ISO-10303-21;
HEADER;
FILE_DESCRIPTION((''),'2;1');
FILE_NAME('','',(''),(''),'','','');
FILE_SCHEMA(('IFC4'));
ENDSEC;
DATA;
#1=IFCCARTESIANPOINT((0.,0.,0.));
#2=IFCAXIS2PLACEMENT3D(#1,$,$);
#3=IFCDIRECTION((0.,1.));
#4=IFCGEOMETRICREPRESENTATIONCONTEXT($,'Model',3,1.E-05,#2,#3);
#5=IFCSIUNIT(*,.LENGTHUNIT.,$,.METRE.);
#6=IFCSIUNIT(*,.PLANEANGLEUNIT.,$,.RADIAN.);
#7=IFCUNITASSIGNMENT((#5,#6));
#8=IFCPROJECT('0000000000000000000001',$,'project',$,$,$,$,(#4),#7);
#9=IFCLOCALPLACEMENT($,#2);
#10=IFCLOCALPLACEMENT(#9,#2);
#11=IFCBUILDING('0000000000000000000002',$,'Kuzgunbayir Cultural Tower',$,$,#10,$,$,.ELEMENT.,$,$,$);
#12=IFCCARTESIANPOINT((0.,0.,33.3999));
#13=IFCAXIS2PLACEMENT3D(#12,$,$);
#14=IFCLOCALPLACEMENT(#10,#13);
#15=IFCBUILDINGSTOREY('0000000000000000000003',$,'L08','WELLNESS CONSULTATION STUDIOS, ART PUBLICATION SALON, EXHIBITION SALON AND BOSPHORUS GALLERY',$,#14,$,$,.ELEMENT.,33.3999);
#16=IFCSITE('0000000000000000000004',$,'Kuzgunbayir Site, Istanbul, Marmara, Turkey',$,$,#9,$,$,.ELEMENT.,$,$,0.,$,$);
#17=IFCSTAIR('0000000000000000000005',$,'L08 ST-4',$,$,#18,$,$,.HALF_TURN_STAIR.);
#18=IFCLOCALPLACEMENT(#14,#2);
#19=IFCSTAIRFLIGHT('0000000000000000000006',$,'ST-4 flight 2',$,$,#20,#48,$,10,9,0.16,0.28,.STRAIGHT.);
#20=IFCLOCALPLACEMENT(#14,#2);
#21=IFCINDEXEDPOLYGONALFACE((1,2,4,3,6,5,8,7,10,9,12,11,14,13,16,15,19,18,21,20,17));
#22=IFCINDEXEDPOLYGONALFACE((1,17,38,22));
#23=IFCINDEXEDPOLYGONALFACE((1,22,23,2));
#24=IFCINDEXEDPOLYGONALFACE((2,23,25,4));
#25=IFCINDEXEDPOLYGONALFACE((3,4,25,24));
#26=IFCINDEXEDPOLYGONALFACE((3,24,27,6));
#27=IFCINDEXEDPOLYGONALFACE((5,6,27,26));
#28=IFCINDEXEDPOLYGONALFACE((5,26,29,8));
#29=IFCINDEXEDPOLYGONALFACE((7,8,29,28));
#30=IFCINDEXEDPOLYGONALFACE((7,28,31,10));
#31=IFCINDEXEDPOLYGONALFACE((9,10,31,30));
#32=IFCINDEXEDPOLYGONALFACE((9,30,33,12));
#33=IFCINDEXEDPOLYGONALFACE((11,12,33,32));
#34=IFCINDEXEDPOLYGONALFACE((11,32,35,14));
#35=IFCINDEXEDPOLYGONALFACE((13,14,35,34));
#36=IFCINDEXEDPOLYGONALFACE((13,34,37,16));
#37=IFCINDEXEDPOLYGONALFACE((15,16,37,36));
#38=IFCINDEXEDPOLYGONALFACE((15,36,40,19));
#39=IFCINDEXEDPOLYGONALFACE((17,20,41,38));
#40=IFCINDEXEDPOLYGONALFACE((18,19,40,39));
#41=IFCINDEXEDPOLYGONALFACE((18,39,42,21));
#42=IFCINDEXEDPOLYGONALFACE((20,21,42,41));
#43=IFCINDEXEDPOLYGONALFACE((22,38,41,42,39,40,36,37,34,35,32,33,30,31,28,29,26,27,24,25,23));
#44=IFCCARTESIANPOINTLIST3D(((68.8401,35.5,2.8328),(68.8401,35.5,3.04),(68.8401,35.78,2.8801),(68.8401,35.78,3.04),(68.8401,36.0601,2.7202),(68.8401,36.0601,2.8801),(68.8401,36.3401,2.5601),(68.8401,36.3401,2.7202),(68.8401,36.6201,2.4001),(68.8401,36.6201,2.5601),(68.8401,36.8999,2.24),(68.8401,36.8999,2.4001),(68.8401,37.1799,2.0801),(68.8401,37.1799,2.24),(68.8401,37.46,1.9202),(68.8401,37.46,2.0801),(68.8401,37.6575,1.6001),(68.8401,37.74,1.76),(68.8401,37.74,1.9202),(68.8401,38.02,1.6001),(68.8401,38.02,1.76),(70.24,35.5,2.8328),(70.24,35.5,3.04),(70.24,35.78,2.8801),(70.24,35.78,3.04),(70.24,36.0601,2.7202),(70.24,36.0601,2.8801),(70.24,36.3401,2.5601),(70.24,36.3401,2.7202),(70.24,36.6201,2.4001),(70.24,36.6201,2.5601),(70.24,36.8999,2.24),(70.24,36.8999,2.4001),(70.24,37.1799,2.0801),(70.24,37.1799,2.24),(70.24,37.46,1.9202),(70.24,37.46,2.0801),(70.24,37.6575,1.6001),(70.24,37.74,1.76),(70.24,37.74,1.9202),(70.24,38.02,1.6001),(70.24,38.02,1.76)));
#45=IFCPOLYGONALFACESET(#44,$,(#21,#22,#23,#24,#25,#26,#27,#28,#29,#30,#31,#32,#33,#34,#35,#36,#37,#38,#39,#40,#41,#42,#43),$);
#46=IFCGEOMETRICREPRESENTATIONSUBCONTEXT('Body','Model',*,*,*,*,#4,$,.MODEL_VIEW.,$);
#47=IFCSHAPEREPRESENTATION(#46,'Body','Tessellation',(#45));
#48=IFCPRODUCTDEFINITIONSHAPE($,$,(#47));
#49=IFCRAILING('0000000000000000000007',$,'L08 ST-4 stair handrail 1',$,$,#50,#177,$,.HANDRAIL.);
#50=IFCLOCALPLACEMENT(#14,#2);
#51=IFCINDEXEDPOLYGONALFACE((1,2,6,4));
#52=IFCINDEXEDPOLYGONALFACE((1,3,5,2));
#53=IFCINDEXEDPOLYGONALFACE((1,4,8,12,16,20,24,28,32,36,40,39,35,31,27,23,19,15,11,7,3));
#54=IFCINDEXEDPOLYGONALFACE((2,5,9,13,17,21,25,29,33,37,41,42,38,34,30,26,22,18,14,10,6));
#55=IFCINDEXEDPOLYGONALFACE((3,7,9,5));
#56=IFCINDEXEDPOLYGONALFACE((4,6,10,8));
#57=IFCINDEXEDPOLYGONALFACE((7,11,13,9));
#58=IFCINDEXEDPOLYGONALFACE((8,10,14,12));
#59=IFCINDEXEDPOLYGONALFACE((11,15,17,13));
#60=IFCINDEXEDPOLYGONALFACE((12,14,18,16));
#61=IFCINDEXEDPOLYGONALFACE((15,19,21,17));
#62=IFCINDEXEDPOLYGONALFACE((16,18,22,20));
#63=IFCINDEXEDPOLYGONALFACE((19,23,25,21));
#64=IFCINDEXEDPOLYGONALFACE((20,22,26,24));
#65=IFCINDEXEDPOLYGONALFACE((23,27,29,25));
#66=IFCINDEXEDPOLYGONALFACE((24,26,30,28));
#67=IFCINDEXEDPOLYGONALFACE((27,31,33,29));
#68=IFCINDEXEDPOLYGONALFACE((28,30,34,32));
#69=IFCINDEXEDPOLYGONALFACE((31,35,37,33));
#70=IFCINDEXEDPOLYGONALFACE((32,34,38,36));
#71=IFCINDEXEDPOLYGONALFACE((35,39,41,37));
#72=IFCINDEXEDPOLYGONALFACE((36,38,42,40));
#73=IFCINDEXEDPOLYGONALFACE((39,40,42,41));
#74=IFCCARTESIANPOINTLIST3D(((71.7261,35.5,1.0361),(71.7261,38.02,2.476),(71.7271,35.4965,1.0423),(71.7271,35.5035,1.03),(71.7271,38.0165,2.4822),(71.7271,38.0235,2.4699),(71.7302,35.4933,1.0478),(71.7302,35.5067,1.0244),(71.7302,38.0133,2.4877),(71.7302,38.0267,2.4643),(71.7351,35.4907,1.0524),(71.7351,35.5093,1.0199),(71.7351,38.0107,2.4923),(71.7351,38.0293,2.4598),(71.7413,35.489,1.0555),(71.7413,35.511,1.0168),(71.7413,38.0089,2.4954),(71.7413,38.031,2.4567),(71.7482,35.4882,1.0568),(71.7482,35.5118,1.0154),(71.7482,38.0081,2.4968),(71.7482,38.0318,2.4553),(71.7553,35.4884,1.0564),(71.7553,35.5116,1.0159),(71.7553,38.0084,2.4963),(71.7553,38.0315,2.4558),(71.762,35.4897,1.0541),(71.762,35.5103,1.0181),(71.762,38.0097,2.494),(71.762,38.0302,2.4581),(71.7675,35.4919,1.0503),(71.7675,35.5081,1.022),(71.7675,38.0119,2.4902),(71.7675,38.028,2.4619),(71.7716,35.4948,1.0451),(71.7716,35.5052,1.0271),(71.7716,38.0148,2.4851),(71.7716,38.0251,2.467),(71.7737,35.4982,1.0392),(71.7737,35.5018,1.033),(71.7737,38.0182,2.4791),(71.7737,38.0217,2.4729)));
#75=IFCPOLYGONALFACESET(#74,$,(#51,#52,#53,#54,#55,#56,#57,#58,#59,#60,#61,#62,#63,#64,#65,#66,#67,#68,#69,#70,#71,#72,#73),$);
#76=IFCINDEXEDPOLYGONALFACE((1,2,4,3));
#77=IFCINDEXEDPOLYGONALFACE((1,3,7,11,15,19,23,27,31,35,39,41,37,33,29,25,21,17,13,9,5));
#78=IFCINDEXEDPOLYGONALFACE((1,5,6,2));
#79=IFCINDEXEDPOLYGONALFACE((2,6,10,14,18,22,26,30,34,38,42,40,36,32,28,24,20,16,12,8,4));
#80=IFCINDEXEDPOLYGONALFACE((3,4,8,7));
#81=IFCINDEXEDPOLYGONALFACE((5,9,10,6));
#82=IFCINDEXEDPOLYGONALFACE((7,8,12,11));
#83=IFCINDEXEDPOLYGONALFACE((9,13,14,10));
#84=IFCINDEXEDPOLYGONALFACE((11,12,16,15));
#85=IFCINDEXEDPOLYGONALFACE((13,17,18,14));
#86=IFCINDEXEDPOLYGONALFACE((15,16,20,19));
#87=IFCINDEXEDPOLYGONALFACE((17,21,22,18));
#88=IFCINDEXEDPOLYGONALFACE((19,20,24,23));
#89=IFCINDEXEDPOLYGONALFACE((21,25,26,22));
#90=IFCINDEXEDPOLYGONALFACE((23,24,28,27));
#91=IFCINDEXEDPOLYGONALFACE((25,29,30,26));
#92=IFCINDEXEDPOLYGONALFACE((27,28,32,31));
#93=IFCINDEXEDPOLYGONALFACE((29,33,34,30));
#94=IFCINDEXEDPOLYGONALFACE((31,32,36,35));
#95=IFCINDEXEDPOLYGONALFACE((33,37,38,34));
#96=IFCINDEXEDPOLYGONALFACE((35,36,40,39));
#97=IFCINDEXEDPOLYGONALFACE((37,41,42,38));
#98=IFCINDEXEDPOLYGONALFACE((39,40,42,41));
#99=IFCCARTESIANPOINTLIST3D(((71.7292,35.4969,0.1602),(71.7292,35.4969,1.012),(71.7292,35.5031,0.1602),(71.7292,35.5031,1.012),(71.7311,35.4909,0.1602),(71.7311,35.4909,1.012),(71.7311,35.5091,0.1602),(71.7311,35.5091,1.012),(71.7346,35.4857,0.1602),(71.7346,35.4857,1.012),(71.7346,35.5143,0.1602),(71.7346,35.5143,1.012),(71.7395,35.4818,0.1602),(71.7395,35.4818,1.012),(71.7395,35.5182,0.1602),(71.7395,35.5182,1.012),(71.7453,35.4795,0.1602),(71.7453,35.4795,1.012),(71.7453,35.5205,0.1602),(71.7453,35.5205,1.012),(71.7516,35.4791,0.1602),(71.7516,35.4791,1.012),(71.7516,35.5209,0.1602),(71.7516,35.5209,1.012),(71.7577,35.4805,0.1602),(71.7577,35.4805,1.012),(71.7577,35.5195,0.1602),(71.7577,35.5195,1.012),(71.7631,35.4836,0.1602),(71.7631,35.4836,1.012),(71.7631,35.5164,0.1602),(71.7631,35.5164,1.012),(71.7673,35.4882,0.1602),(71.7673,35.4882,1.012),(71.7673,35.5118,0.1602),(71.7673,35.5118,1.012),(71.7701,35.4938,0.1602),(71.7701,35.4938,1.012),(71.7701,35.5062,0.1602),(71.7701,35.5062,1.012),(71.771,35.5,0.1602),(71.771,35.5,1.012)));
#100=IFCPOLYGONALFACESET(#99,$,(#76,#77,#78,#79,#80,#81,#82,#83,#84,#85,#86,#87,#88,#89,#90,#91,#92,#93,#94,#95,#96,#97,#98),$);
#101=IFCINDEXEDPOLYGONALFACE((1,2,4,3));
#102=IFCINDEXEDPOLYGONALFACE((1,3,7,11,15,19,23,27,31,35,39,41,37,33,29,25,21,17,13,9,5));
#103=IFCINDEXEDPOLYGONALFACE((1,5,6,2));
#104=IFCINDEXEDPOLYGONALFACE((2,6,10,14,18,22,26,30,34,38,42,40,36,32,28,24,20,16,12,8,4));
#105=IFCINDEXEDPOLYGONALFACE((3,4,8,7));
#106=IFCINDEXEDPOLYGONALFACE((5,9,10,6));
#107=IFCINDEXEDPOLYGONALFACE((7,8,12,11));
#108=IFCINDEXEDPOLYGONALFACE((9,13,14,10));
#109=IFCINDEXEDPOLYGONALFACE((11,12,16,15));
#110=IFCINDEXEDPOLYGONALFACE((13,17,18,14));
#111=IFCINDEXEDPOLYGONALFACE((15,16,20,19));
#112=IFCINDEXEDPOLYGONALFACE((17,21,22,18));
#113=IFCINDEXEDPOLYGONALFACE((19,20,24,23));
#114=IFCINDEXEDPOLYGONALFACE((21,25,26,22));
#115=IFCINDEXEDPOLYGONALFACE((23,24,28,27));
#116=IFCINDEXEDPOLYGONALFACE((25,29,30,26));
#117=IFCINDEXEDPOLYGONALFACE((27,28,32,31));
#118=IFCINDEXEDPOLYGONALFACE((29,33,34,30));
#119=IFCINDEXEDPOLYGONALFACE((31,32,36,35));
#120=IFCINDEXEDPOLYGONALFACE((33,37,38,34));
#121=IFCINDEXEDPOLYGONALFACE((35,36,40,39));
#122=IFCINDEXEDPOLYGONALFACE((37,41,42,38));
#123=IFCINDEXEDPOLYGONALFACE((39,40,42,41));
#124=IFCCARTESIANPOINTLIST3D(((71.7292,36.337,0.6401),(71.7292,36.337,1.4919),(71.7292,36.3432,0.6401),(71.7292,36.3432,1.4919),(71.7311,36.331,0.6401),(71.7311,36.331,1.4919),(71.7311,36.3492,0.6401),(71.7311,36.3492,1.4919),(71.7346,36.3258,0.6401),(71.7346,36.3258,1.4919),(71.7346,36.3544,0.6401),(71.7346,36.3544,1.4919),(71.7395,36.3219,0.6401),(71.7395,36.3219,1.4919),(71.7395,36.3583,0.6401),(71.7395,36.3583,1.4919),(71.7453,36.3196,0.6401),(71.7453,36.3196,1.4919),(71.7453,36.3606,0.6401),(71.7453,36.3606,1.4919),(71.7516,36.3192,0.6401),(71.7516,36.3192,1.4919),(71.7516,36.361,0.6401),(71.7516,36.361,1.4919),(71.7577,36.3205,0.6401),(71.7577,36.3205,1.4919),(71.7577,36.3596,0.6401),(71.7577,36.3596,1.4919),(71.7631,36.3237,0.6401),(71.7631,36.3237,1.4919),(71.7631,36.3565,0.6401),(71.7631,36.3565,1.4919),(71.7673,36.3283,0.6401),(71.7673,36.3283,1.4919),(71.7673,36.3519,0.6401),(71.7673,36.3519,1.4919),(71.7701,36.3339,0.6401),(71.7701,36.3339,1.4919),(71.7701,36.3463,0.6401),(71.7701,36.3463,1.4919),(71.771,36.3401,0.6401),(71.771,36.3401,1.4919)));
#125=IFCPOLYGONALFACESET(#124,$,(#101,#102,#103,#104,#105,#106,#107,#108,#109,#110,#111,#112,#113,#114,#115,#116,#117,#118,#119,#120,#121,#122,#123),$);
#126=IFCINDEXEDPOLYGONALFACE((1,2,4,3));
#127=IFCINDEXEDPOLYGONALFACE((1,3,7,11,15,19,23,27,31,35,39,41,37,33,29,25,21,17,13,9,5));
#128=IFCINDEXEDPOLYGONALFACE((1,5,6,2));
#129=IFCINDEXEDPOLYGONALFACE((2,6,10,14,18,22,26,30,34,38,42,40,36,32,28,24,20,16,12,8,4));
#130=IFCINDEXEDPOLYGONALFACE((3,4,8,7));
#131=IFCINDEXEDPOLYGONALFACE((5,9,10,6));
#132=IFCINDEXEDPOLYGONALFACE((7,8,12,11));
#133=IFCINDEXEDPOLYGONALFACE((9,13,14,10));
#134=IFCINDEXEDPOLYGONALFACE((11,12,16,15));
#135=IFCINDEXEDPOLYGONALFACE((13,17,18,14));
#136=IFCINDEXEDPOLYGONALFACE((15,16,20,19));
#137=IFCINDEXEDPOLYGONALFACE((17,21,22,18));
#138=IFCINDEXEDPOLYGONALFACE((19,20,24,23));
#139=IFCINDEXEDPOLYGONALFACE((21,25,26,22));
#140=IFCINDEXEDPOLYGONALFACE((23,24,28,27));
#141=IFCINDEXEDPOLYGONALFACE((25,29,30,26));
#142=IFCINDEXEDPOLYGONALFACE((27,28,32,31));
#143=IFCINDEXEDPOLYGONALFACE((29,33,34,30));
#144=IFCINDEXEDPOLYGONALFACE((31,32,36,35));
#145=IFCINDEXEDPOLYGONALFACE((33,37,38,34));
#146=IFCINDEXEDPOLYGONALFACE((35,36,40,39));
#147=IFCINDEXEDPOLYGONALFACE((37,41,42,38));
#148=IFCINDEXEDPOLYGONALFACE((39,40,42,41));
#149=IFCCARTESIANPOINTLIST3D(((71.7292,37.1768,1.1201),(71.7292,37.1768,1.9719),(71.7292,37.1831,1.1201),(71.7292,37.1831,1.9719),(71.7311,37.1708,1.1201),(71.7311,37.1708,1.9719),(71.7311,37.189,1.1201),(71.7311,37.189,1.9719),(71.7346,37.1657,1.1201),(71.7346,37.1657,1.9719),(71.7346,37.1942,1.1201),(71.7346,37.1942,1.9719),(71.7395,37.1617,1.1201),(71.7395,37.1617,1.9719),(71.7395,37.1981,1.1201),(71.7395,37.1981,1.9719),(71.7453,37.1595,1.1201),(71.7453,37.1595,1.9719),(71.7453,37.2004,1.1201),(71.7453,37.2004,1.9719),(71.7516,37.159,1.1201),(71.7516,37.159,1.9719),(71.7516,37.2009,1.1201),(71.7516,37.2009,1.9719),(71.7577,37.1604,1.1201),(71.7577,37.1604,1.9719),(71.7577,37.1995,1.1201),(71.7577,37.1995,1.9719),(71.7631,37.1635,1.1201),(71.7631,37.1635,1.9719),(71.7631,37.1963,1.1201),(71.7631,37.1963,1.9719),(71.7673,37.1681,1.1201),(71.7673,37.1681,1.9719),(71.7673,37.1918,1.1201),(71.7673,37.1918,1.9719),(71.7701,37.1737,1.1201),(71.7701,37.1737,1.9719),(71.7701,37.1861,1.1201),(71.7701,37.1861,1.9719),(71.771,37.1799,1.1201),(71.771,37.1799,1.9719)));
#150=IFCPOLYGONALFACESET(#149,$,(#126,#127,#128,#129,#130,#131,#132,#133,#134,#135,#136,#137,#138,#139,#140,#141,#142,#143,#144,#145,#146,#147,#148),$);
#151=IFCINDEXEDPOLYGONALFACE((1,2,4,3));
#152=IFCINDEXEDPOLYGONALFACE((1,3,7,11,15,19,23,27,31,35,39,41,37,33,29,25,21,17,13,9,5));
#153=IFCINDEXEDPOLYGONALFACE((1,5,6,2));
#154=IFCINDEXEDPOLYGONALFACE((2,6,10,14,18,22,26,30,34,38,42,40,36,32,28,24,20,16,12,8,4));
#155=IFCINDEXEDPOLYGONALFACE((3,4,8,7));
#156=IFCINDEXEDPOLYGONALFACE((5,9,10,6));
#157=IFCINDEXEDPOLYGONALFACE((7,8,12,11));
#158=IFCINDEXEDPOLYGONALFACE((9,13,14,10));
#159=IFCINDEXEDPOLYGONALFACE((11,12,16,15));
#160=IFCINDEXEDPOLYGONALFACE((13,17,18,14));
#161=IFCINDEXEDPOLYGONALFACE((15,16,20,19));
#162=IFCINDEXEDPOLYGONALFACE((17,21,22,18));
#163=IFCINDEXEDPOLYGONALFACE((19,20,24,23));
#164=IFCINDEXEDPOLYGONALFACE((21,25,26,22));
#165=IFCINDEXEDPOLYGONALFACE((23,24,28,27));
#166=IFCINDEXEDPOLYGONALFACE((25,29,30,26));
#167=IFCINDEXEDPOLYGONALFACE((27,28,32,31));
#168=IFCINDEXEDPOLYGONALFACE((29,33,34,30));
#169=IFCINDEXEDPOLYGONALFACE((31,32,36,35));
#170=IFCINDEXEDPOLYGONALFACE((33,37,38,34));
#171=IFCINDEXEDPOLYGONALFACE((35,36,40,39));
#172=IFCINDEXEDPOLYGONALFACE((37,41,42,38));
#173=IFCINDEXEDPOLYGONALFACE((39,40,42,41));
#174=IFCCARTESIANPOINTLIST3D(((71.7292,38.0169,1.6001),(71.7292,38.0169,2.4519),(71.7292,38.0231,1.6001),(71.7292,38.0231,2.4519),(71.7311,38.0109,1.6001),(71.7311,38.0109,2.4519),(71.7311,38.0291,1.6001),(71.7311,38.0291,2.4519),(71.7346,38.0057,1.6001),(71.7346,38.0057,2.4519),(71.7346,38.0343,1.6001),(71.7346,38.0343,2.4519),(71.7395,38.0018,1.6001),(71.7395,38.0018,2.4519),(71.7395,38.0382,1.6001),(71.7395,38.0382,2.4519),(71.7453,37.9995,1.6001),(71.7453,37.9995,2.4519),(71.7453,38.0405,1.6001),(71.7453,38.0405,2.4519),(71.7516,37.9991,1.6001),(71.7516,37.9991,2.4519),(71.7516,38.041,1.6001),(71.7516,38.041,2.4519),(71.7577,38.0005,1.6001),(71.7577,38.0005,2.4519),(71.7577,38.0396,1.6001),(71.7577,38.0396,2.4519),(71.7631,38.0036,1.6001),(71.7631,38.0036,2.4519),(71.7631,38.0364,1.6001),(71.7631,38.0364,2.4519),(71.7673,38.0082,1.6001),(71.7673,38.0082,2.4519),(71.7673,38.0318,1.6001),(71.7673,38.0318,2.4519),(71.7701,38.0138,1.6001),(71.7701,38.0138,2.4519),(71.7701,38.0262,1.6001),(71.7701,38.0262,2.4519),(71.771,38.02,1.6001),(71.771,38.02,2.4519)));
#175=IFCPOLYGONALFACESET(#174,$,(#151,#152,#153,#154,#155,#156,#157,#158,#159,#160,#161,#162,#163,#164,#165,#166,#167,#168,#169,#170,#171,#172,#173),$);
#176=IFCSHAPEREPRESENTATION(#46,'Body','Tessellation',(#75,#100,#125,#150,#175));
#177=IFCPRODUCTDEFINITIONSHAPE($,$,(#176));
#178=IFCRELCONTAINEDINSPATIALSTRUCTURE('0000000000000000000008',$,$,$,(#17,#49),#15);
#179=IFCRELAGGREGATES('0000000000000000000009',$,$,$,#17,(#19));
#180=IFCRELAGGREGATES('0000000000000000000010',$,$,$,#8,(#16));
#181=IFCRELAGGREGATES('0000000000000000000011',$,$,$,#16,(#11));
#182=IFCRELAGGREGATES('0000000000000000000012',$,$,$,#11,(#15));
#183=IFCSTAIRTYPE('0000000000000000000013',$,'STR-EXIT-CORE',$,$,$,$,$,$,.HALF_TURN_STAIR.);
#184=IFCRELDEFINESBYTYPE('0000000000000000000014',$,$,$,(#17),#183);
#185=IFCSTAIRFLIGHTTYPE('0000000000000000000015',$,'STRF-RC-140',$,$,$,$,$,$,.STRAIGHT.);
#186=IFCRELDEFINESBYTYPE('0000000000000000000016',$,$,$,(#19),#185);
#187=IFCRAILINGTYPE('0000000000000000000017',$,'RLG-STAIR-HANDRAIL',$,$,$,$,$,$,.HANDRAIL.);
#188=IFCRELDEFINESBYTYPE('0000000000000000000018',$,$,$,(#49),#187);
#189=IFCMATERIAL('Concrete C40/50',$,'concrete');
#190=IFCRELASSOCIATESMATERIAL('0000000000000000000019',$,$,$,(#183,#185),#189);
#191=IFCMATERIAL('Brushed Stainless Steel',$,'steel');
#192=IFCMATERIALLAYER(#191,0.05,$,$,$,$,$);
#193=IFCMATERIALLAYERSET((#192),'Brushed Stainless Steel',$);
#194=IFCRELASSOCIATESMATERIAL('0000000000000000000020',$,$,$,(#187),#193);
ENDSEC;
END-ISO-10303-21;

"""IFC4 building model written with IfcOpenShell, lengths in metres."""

from ifc_helpers import new_model, si_unit, direction, frame, origin, origin_2d, place, context, subcontext, project, spatial, polyline, circle, outline, extrude, material, layer, layer_set, type_object, element, aggregate, save


model = new_model("IFC4")

# Units and contexts
model_context = context("Model", 3, precision=1e-05, world=origin(), true_north=direction((0.0, 1.0)))
body_context = subcontext(model_context, "Body", "Model", "MODEL_VIEW")
ifc_project = project(units=[si_unit("LENGTHUNIT", "METRE"), si_unit("PLANEANGLEUNIT", "RADIAN")], contexts=[model_context])

# Site, building, storey
site_placement = place(None, origin())
site = spatial("IfcSite", under=ifc_project, at=site_placement, Name="Kuzgunbayir Site, Istanbul, Marmara, Turkey", CompositionType="ELEMENT", RefElevation=0.0)
building_placement = place(site_placement, origin())
building = spatial("IfcBuilding", under=site, at=building_placement, Name="Kuzgunbayir Cultural Tower", CompositionType="ELEMENT")
storey_placement = place(building_placement, frame((0.0, 0.0, 33.3999)))
storey = spatial("IfcBuildingStorey", under=building, at=storey_placement, Name="L08", Description="WELLNESS CONSULTATION STUDIOS, ART PUBLICATION SALON, EXHIBITION SALON AND BOSPHORUS GALLERY", CompositionType="ELEMENT", Elevation=33.3999)

# Shared definitions
ifc_material_1 = material(Name="Concrete C40/50", Category="concrete")
ifc_material_2 = material(Name="Brushed Stainless Steel", Category="steel")

# Stair, stair flight
stair_type = type_object("IfcStairType", Name="STR-EXIT-CORE", PredefinedType="HALF_TURN_STAIR", material=ifc_material_1)
stair_placement = place(storey_placement, origin())
stair = element("IfcStair", 1, at=stair_placement, inside=storey, type_object=stair_type, Name="L08 ST-4", PredefinedType="HALF_TURN_STAIR")
stair_flight_type = type_object("IfcStairFlightType", Name="STRF-RC-140", PredefinedType="STRAIGHT", material=ifc_material_1)
stair_flight_1_placement = place(storey_placement, frame((69.54, 38.02, 1.6001), z_axis=(0.0, 0.0, 1.0), x_axis=(0.0, -1.0, 0.0)))
stair_flight_1 = element("IfcStairFlight", 2, at=stair_flight_1_placement, type_object=stair_flight_type, Name="ST-4 flight 2", NumberOfRisers=10, NumberOfTreads=9, PredefinedType="STRAIGHT", RiserHeight=0.16, TreadLength=0.28, context=body_context, shape_type="SweptSolid", body=[
    extrude(outline(polyline([(0.0, 0.0), (0.0, 0.1599), (0.28, 0.1599), (0.28, 0.3201), (0.5601, 0.3201), (0.5601, 0.48), (0.8401, 0.48), (0.8401, 0.6399), (1.1201, 0.6399), (1.1201, 0.8), (1.3999, 0.8), (1.3999, 0.96), (1.6799, 0.96), (1.6799, 1.1201), (1.96, 1.1201), (1.96, 1.28), (2.24, 1.28), (2.24, 1.4399), (2.52, 1.4399), (2.52, 1.6001), (2.52, 1.2327), (0.3625, 0.0), (0.0, 0.0)])), frame((0.0, 0.7, 0.0), z_axis=(0.0, -1.0, 0.0), x_axis=(1.0, 0.0, 0.0)), (0.0, 0.0, 1.0), 1.3999),
])
aggregate(stair, [stair_flight_1])

# Railing
ifc_layer_1 = layer(ifc_material_2, 0.05)
ifc_layer_set_1 = layer_set([ifc_layer_1], Name="Brushed Stainless Steel")
railing_type_1 = type_object("IfcRailingType", Name="RLG-STAIR-HANDRAIL", PredefinedType="HANDRAIL", material=ifc_layer_set_1)
railing_1_placement = place(storey_placement, frame((71.75, 35.5, 0.1602)))
element("IfcRailing", 3, at=railing_1_placement, inside=storey, type_object=railing_type_1, Name="L08 ST-4 stair handrail 1", PredefinedType="HANDRAIL", context=body_context, shape_type="SweptSolid", body=[
    extrude(circle(Radius=0.0239, at=origin_2d()), frame((0.0, 0.0, 0.876), z_axis=(0.0, 0.868253, 0.496121), x_axis=(-1.0, 0.0, 0.0)), (0.0, 0.0, 1.0), 2.9023),
    extrude(circle(Radius=0.021, at=origin_2d()), origin(), (0.0, 0.0, 1.0), 0.8518),
    extrude(circle(Radius=0.021, at=origin_2d()), frame((0.0, 0.8401, 0.48)), (0.0, 0.0, 1.0), 0.8518),
    extrude(circle(Radius=0.021, at=origin_2d()), frame((0.0, 1.6799, 0.96)), (0.0, 0.0, 1.0), 0.8518),
    extrude(circle(Radius=0.021, at=origin_2d()), frame((0.0, 2.52, 1.4399)), (0.0, 0.0, 1.0), 0.8518),
])

save(model, "model.ifc")
